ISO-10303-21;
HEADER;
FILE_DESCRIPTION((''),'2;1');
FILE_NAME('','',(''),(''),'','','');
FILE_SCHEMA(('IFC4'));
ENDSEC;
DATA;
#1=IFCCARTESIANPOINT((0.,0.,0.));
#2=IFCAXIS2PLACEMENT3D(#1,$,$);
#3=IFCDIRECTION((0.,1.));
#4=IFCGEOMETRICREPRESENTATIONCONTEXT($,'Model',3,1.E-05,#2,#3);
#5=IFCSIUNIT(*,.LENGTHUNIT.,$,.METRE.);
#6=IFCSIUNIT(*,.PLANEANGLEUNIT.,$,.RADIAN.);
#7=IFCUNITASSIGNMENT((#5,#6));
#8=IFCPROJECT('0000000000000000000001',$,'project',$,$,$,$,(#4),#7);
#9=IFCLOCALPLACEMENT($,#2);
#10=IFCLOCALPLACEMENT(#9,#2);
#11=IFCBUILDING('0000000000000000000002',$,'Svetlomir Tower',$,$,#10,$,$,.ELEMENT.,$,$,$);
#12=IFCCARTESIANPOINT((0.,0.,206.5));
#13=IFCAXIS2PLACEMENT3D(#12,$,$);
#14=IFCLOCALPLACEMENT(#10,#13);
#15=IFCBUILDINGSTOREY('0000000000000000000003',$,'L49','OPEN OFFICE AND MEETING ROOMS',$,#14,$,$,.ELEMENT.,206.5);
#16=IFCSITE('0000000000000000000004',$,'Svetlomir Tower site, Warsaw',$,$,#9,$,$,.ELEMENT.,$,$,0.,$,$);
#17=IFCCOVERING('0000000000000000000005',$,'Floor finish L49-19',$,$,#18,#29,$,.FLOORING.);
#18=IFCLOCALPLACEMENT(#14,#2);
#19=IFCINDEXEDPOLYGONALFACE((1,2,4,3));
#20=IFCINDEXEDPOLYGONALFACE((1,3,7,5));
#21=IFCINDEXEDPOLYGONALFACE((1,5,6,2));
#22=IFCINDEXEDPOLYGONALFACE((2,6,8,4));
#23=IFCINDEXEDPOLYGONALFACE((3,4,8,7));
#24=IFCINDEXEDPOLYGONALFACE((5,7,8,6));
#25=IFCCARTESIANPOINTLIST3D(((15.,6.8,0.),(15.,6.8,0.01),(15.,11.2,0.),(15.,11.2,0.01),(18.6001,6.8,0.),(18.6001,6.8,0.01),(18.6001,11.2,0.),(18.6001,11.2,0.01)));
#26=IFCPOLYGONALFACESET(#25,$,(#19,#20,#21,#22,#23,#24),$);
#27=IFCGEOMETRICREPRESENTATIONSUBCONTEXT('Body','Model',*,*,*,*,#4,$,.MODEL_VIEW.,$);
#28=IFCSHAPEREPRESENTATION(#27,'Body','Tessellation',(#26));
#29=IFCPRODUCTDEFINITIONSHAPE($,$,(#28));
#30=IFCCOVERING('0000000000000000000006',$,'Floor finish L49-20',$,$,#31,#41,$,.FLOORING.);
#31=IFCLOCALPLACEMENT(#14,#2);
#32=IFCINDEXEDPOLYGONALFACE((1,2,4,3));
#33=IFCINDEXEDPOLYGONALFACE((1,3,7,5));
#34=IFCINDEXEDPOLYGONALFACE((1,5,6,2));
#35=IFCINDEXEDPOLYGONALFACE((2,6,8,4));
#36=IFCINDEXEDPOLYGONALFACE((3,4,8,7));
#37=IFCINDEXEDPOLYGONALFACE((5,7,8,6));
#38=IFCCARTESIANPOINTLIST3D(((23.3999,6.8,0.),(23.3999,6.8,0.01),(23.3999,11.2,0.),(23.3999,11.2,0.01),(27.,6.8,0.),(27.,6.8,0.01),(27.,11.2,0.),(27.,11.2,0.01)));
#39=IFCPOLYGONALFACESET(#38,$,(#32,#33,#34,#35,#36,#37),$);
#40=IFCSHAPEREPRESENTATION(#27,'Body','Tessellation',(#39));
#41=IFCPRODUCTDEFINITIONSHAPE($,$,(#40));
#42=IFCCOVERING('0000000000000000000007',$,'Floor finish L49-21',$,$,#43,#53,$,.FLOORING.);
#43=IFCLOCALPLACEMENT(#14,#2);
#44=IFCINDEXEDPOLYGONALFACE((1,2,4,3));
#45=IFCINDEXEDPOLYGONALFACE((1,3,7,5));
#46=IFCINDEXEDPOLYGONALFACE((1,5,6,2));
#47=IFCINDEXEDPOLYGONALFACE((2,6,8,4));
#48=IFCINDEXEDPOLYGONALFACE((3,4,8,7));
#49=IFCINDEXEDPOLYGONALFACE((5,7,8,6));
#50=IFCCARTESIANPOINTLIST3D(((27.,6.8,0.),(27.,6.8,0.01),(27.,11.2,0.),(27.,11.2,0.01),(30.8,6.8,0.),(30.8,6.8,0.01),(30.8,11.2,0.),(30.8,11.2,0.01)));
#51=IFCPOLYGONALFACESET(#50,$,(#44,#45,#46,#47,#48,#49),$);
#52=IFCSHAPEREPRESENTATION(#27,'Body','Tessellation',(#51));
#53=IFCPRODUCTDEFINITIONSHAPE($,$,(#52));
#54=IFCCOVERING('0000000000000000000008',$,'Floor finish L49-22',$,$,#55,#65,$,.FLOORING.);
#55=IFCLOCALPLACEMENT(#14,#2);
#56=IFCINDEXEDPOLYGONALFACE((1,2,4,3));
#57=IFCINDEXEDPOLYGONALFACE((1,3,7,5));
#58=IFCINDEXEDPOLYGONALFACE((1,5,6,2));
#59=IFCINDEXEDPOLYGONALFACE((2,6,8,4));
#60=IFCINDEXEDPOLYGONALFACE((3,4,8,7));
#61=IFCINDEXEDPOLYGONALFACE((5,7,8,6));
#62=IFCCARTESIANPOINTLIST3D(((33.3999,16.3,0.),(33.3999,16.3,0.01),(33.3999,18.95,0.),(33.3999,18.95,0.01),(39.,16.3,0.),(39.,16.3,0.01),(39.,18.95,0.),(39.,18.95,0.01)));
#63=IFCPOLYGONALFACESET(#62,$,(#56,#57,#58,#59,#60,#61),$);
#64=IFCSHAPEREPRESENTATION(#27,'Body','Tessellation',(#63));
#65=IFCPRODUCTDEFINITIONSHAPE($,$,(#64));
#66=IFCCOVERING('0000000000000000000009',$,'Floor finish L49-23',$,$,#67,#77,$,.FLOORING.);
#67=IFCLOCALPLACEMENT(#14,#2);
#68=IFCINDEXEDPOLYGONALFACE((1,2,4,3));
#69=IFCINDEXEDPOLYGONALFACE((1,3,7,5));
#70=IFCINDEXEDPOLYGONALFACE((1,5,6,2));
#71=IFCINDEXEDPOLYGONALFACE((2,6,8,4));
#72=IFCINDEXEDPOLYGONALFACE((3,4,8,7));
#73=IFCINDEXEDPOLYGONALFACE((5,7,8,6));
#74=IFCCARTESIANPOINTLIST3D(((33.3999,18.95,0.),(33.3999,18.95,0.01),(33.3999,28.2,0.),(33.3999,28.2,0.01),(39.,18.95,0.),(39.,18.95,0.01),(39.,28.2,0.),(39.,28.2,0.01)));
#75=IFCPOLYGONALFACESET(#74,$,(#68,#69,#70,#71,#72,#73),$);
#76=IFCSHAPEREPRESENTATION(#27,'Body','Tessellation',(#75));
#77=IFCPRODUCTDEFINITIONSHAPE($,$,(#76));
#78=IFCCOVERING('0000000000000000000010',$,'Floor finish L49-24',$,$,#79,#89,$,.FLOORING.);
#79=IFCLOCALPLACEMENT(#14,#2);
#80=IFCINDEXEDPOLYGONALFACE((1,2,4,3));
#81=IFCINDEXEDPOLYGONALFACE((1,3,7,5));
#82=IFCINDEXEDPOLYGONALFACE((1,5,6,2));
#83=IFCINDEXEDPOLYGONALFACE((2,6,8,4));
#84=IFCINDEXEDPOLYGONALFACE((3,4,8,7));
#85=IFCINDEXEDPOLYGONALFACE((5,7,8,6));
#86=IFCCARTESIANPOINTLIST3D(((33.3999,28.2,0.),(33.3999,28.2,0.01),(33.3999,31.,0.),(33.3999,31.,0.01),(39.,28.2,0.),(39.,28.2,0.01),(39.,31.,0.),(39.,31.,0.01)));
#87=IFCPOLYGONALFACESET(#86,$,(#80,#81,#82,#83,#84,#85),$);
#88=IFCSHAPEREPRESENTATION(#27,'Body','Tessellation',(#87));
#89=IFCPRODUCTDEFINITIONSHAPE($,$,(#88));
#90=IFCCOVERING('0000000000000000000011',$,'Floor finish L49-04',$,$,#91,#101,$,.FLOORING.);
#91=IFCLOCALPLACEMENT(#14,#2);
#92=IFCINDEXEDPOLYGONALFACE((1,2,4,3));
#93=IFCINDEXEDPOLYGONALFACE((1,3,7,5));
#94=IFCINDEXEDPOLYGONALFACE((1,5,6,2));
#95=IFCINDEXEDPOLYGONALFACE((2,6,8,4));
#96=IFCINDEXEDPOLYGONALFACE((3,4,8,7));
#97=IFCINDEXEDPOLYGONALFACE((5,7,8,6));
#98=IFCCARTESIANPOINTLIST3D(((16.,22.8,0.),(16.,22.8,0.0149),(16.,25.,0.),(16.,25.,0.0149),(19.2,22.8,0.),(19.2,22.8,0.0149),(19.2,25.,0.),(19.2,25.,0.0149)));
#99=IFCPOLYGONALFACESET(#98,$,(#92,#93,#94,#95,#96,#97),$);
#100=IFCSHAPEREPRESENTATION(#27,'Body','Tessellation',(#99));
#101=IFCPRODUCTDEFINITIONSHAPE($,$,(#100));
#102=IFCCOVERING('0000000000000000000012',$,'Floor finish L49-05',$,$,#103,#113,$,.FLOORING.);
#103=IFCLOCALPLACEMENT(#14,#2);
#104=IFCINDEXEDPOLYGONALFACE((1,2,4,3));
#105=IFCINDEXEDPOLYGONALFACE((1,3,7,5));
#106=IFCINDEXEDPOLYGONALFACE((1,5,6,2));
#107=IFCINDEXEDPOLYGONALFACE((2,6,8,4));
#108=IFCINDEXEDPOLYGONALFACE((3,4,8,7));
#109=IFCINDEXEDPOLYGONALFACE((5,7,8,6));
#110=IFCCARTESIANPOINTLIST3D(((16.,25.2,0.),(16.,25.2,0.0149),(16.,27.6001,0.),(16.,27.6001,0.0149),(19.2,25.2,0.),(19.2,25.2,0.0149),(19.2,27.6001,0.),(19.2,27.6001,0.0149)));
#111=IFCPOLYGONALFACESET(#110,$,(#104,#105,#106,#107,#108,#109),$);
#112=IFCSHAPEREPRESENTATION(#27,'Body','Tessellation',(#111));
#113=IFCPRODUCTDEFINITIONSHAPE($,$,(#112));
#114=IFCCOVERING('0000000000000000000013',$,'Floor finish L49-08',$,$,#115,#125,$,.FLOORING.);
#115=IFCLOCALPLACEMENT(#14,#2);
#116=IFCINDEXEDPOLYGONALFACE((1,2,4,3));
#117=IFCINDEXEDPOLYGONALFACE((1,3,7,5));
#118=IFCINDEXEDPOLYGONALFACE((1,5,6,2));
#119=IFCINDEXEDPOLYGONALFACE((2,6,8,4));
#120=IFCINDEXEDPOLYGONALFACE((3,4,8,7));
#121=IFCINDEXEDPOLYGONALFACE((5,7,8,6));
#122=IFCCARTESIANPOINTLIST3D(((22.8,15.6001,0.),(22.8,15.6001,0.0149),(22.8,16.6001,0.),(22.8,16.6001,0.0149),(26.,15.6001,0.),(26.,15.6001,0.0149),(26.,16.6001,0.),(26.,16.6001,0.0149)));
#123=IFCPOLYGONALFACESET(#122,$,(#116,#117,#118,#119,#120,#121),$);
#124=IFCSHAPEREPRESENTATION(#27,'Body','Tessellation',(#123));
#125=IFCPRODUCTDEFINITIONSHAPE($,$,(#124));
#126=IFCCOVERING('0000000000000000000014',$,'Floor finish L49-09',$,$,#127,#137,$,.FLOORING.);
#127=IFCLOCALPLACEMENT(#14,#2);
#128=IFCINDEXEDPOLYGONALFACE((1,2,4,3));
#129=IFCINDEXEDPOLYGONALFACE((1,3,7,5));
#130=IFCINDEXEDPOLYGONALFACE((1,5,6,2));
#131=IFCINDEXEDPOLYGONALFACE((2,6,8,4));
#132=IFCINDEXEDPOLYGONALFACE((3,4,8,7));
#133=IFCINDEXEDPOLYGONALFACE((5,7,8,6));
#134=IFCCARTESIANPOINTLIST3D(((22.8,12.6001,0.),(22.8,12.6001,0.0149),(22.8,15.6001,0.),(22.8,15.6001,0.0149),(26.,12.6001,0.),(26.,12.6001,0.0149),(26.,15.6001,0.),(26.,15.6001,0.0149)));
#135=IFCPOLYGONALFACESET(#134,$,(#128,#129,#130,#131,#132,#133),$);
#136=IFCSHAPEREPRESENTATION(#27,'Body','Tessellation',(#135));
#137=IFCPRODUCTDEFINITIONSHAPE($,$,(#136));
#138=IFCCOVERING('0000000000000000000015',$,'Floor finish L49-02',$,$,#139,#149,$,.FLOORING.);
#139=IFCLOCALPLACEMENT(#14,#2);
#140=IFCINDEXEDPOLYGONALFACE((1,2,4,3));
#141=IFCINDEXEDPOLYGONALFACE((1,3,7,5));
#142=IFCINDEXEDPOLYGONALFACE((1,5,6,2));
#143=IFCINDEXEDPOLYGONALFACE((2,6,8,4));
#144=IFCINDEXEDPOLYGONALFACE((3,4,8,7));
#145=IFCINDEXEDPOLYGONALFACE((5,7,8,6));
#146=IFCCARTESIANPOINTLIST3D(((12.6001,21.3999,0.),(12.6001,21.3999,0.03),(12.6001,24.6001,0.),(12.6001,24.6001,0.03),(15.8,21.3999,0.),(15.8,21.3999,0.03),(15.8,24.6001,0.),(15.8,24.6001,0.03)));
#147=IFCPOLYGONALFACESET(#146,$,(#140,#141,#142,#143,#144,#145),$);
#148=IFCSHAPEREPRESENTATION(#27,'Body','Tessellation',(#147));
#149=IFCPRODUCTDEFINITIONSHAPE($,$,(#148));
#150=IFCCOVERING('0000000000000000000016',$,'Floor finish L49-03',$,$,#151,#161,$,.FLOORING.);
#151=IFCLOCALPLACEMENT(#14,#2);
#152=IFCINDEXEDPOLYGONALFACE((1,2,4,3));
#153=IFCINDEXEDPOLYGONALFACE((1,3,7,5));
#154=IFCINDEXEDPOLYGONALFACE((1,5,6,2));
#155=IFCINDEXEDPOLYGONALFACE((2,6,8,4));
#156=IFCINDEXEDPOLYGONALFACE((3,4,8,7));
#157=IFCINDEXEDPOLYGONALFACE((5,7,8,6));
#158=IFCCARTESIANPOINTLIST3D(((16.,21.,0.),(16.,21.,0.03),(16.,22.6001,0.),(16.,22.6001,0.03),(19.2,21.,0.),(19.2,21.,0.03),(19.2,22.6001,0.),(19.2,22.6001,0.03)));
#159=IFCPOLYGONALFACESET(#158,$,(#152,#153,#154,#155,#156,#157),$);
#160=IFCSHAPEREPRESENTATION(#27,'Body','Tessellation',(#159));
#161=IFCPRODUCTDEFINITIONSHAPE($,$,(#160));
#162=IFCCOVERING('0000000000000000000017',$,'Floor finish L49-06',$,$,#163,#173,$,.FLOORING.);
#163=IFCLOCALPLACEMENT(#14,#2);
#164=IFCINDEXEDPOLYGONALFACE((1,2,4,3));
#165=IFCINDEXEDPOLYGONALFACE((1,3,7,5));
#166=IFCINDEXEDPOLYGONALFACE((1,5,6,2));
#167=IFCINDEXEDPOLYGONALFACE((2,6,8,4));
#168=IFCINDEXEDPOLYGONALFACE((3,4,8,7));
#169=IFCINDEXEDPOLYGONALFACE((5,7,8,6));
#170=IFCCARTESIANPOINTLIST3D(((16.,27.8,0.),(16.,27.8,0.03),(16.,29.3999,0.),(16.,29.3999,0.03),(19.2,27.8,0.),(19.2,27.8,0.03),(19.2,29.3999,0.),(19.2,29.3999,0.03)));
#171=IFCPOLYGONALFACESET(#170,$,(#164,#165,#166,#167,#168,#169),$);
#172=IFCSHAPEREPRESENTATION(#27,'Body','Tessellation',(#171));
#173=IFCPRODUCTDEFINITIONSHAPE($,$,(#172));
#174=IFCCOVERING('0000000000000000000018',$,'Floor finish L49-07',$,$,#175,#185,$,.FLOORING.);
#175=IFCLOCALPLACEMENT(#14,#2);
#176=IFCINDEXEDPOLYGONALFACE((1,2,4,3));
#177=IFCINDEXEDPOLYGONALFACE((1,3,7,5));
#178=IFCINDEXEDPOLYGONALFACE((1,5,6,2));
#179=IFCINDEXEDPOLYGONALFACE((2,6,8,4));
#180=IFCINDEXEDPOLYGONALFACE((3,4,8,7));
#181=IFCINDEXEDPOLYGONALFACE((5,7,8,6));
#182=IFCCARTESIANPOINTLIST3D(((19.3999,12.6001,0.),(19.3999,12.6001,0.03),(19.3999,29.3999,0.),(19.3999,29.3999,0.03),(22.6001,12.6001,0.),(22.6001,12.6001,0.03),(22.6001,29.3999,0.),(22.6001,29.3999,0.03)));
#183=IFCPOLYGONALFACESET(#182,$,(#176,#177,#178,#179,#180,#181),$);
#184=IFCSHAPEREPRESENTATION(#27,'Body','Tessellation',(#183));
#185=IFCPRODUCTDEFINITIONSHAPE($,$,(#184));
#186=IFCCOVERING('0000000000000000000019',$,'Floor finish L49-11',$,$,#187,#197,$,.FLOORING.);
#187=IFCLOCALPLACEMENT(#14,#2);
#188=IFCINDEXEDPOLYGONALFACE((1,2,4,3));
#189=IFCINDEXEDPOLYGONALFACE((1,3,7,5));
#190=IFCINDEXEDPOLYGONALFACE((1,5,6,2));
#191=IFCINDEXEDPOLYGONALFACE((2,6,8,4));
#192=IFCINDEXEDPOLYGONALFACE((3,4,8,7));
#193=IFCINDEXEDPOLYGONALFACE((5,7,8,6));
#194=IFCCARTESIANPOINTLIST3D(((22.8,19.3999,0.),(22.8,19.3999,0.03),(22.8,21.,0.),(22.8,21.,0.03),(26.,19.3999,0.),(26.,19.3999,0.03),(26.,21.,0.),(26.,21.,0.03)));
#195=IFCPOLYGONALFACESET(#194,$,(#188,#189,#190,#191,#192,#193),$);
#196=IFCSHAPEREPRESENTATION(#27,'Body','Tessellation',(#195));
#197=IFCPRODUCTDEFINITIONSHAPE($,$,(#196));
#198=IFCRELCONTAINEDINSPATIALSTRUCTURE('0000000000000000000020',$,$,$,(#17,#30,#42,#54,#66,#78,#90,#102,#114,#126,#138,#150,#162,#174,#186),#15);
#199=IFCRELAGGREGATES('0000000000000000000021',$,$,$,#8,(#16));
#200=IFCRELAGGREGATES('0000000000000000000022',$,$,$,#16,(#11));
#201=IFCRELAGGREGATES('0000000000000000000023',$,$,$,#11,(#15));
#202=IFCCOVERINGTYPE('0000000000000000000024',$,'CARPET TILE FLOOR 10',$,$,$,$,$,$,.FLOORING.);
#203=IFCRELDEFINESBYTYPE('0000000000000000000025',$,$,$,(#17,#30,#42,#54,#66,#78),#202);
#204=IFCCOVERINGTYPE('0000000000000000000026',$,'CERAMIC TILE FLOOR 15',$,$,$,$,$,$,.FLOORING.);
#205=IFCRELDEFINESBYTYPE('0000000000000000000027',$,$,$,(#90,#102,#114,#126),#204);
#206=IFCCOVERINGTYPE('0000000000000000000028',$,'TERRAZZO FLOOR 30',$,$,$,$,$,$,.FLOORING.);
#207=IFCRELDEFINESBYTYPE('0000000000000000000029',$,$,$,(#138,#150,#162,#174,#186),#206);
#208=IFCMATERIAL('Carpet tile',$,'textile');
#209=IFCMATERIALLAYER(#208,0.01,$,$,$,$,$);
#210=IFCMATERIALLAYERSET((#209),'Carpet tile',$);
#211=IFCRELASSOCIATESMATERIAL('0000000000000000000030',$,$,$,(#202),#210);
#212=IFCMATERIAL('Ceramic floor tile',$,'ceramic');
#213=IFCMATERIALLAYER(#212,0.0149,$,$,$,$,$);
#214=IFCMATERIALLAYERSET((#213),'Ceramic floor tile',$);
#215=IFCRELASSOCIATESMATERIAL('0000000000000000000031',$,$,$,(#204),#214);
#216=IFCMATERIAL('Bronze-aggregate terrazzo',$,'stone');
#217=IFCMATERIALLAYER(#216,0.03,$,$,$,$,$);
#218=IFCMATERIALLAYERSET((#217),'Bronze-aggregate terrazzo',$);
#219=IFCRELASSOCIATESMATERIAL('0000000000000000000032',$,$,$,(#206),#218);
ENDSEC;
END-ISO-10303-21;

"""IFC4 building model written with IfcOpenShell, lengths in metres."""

from ifc_helpers import new_model, si_unit, direction, frame, origin, place, context, subcontext, project, spatial, polyline, outline, extrude, material, layer, layer_set, type_object, element, save


model = new_model("IFC4")

# Units and contexts
model_context = context("Model", 3, precision=1e-05, world=origin(), true_north=direction((0.0, 1.0)))
body_context = subcontext(model_context, "Body", "Model", "MODEL_VIEW")
ifc_project = project(units=[si_unit("LENGTHUNIT", "METRE"), si_unit("PLANEANGLEUNIT", "RADIAN")], contexts=[model_context])

# Site, building, storey
site_placement = place(None, origin())
site = spatial("IfcSite", under=ifc_project, at=site_placement, Name="Svetlomir Tower site, Warsaw", CompositionType="ELEMENT", RefElevation=0.0)
building_placement = place(site_placement, origin())
building = spatial("IfcBuilding", under=site, at=building_placement, Name="Svetlomir Tower", CompositionType="ELEMENT")
storey_placement = place(building_placement, frame((0.0, 0.0, 206.5)))
storey = spatial("IfcBuildingStorey", under=building, at=storey_placement, Name="L49", Description="OPEN OFFICE AND MEETING ROOMS", CompositionType="ELEMENT", Elevation=206.5)

# Coverings
ifc_material_1 = material(Name="Carpet tile", Category="textile")
ifc_layer_1 = layer(ifc_material_1, 0.01)
ifc_layer_set_1 = layer_set([ifc_layer_1], Name="Carpet tile")
covering_type_1 = type_object("IfcCoveringType", Name="CARPET TILE FLOOR 10", PredefinedType="FLOORING", material=ifc_layer_set_1)
covering_1_placement = place(storey_placement, origin())
element("IfcCovering", 1, at=covering_1_placement, inside=storey, type_object=covering_type_1, Name="Floor finish L49-19", PredefinedType="FLOORING", context=body_context, shape_type="SweptSolid", body=[
    extrude(outline(polyline([(15.0, 6.8), (18.6001, 6.8), (18.6001, 11.2), (15.0, 11.2), (15.0, 6.8)])), origin(), (0.0, 0.0, 1.0), 0.01),
])
covering_2_placement = place(storey_placement, origin())
element("IfcCovering", 2, at=covering_2_placement, inside=storey, type_object=covering_type_1, Name="Floor finish L49-20", PredefinedType="FLOORING", context=body_context, shape_type="SweptSolid", body=[
    extrude(outline(polyline([(23.3999, 6.8), (27.0, 6.8), (27.0, 11.2), (23.3999, 11.2), (23.3999, 6.8)])), origin(), (0.0, 0.0, 1.0), 0.01),
])
covering_3_placement = place(storey_placement, origin())
element("IfcCovering", 3, at=covering_3_placement, inside=storey, type_object=covering_type_1, Name="Floor finish L49-21", PredefinedType="FLOORING", context=body_context, shape_type="SweptSolid", body=[
    extrude(outline(polyline([(27.0, 6.8), (30.8, 6.8), (30.8, 11.2), (27.0, 11.2), (27.0, 6.8)])), origin(), (0.0, 0.0, 1.0), 0.01),
])
covering_4_placement = place(storey_placement, origin())
element("IfcCovering", 4, at=covering_4_placement, inside=storey, type_object=covering_type_1, Name="Floor finish L49-22", PredefinedType="FLOORING", context=body_context, shape_type="SweptSolid", body=[
    extrude(outline(polyline([(33.3999, 16.3), (39.0, 16.3), (39.0, 18.95), (33.3999, 18.95), (33.3999, 16.3)])), origin(), (0.0, 0.0, 1.0), 0.01),
])
covering_5_placement = place(storey_placement, origin())
element("IfcCovering", 5, at=covering_5_placement, inside=storey, type_object=covering_type_1, Name="Floor finish L49-23", PredefinedType="FLOORING", context=body_context, shape_type="SweptSolid", body=[
    extrude(outline(polyline([(33.3999, 18.95), (39.0, 18.95), (39.0, 28.2), (33.3999, 28.2), (33.3999, 18.95)])), origin(), (0.0, 0.0, 1.0), 0.01),
])
covering_6_placement = place(storey_placement, origin())
element("IfcCovering", 6, at=covering_6_placement, inside=storey, type_object=covering_type_1, Name="Floor finish L49-24", PredefinedType="FLOORING", context=body_context, shape_type="SweptSolid", body=[
    extrude(outline(polyline([(33.3999, 28.2), (39.0, 28.2), (39.0, 31.0), (33.3999, 31.0), (33.3999, 28.2)])), origin(), (0.0, 0.0, 1.0), 0.01),
])
ifc_material_2 = material(Name="Ceramic floor tile", Category="ceramic")
ifc_layer_2 = layer(ifc_material_2, 0.0149)
ifc_layer_set_2 = layer_set([ifc_layer_2], Name="Ceramic floor tile")
covering_type_2 = type_object("IfcCoveringType", Name="CERAMIC TILE FLOOR 15", PredefinedType="FLOORING", material=ifc_layer_set_2)
covering_7_placement = place(storey_placement, origin())
element("IfcCovering", 7, at=covering_7_placement, inside=storey, type_object=covering_type_2, Name="Floor finish L49-04", PredefinedType="FLOORING", context=body_context, shape_type="SweptSolid", body=[
    extrude(outline(polyline([(16.0, 22.8), (19.2, 22.8), (19.2, 25.0), (16.0, 25.0), (16.0, 22.8)])), origin(), (0.0, 0.0, 1.0), 0.0149),
])
covering_8_placement = place(storey_placement, origin())
element("IfcCovering", 8, at=covering_8_placement, inside=storey, type_object=covering_type_2, Name="Floor finish L49-05", PredefinedType="FLOORING", context=body_context, shape_type="SweptSolid", body=[
    extrude(outline(polyline([(16.0, 25.2), (19.2, 25.2), (19.2, 27.6001), (16.0, 27.6001), (16.0, 25.2)])), origin(), (0.0, 0.0, 1.0), 0.0149),
])
covering_9_placement = place(storey_placement, origin())
element("IfcCovering", 9, at=covering_9_placement, inside=storey, type_object=covering_type_2, Name="Floor finish L49-08", PredefinedType="FLOORING", context=body_context, shape_type="SweptSolid", body=[
    extrude(outline(polyline([(22.8, 15.6001), (26.0, 15.6001), (26.0, 16.6001), (22.8, 16.6001), (22.8, 15.6001)])), origin(), (0.0, 0.0, 1.0), 0.0149),
])
covering_10_placement = place(storey_placement, origin())
element("IfcCovering", 10, at=covering_10_placement, inside=storey, type_object=covering_type_2, Name="Floor finish L49-09", PredefinedType="FLOORING", context=body_context, shape_type="SweptSolid", body=[
    extrude(outline(polyline([(22.8, 12.6001), (26.0, 12.6001), (26.0, 15.6001), (22.8, 15.6001), (22.8, 12.6001)])), origin(), (0.0, 0.0, 1.0), 0.0149),
])
ifc_material_3 = material(Name="Bronze-aggregate terrazzo", Category="stone")
ifc_layer_3 = layer(ifc_material_3, 0.03)
ifc_layer_set_3 = layer_set([ifc_layer_3], Name="Bronze-aggregate terrazzo")
covering_type_3 = type_object("IfcCoveringType", Name="TERRAZZO FLOOR 30", PredefinedType="FLOORING", material=ifc_layer_set_3)
covering_11_placement = place(storey_placement, origin())
element("IfcCovering", 11, at=covering_11_placement, inside=storey, type_object=covering_type_3, Name="Floor finish L49-02", PredefinedType="FLOORING", context=body_context, shape_type="SweptSolid", body=[
    extrude(outline(polyline([(12.6001, 21.3999), (15.8, 21.3999), (15.8, 24.6001), (12.6001, 24.6001), (12.6001, 21.3999)])), origin(), (0.0, 0.0, 1.0), 0.03),
])
covering_12_placement = place(storey_placement, origin())
element("IfcCovering", 12, at=covering_12_placement, inside=storey, type_object=covering_type_3, Name="Floor finish L49-03", PredefinedType="FLOORING", context=body_context, shape_type="SweptSolid", body=[
    extrude(outline(polyline([(16.0, 21.0), (19.2, 21.0), (19.2, 22.6001), (16.0, 22.6001), (16.0, 21.0)])), origin(), (0.0, 0.0, 1.0), 0.03),
])
covering_13_placement = place(storey_placement, origin())
element("IfcCovering", 13, at=covering_13_placement, inside=storey, type_object=covering_type_3, Name="Floor finish L49-06", PredefinedType="FLOORING", context=body_context, shape_type="SweptSolid", body=[
    extrude(outline(polyline([(16.0, 27.8), (19.2, 27.8), (19.2, 29.3999), (16.0, 29.3999), (16.0, 27.8)])), origin(), (0.0, 0.0, 1.0), 0.03),
])
covering_14_placement = place(storey_placement, origin())
element("IfcCovering", 14, at=covering_14_placement, inside=storey, type_object=covering_type_3, Name="Floor finish L49-07", PredefinedType="FLOORING", context=body_context, shape_type="SweptSolid", body=[
    extrude(outline(polyline([(19.3999, 12.6001), (22.6001, 12.6001), (22.6001, 29.3999), (19.3999, 29.3999), (19.3999, 12.6001)])), origin(), (0.0, 0.0, 1.0), 0.03),
])
covering_15_placement = place(storey_placement, origin())
element("IfcCovering", 15, at=covering_15_placement, inside=storey, type_object=covering_type_3, Name="Floor finish L49-11", PredefinedType="FLOORING", context=body_context, shape_type="SweptSolid", body=[
    extrude(outline(polyline([(22.8, 19.3999), (26.0, 19.3999), (26.0, 21.0), (22.8, 21.0), (22.8, 19.3999)])), origin(), (0.0, 0.0, 1.0), 0.03),
])

save(model, "model.ifc")
